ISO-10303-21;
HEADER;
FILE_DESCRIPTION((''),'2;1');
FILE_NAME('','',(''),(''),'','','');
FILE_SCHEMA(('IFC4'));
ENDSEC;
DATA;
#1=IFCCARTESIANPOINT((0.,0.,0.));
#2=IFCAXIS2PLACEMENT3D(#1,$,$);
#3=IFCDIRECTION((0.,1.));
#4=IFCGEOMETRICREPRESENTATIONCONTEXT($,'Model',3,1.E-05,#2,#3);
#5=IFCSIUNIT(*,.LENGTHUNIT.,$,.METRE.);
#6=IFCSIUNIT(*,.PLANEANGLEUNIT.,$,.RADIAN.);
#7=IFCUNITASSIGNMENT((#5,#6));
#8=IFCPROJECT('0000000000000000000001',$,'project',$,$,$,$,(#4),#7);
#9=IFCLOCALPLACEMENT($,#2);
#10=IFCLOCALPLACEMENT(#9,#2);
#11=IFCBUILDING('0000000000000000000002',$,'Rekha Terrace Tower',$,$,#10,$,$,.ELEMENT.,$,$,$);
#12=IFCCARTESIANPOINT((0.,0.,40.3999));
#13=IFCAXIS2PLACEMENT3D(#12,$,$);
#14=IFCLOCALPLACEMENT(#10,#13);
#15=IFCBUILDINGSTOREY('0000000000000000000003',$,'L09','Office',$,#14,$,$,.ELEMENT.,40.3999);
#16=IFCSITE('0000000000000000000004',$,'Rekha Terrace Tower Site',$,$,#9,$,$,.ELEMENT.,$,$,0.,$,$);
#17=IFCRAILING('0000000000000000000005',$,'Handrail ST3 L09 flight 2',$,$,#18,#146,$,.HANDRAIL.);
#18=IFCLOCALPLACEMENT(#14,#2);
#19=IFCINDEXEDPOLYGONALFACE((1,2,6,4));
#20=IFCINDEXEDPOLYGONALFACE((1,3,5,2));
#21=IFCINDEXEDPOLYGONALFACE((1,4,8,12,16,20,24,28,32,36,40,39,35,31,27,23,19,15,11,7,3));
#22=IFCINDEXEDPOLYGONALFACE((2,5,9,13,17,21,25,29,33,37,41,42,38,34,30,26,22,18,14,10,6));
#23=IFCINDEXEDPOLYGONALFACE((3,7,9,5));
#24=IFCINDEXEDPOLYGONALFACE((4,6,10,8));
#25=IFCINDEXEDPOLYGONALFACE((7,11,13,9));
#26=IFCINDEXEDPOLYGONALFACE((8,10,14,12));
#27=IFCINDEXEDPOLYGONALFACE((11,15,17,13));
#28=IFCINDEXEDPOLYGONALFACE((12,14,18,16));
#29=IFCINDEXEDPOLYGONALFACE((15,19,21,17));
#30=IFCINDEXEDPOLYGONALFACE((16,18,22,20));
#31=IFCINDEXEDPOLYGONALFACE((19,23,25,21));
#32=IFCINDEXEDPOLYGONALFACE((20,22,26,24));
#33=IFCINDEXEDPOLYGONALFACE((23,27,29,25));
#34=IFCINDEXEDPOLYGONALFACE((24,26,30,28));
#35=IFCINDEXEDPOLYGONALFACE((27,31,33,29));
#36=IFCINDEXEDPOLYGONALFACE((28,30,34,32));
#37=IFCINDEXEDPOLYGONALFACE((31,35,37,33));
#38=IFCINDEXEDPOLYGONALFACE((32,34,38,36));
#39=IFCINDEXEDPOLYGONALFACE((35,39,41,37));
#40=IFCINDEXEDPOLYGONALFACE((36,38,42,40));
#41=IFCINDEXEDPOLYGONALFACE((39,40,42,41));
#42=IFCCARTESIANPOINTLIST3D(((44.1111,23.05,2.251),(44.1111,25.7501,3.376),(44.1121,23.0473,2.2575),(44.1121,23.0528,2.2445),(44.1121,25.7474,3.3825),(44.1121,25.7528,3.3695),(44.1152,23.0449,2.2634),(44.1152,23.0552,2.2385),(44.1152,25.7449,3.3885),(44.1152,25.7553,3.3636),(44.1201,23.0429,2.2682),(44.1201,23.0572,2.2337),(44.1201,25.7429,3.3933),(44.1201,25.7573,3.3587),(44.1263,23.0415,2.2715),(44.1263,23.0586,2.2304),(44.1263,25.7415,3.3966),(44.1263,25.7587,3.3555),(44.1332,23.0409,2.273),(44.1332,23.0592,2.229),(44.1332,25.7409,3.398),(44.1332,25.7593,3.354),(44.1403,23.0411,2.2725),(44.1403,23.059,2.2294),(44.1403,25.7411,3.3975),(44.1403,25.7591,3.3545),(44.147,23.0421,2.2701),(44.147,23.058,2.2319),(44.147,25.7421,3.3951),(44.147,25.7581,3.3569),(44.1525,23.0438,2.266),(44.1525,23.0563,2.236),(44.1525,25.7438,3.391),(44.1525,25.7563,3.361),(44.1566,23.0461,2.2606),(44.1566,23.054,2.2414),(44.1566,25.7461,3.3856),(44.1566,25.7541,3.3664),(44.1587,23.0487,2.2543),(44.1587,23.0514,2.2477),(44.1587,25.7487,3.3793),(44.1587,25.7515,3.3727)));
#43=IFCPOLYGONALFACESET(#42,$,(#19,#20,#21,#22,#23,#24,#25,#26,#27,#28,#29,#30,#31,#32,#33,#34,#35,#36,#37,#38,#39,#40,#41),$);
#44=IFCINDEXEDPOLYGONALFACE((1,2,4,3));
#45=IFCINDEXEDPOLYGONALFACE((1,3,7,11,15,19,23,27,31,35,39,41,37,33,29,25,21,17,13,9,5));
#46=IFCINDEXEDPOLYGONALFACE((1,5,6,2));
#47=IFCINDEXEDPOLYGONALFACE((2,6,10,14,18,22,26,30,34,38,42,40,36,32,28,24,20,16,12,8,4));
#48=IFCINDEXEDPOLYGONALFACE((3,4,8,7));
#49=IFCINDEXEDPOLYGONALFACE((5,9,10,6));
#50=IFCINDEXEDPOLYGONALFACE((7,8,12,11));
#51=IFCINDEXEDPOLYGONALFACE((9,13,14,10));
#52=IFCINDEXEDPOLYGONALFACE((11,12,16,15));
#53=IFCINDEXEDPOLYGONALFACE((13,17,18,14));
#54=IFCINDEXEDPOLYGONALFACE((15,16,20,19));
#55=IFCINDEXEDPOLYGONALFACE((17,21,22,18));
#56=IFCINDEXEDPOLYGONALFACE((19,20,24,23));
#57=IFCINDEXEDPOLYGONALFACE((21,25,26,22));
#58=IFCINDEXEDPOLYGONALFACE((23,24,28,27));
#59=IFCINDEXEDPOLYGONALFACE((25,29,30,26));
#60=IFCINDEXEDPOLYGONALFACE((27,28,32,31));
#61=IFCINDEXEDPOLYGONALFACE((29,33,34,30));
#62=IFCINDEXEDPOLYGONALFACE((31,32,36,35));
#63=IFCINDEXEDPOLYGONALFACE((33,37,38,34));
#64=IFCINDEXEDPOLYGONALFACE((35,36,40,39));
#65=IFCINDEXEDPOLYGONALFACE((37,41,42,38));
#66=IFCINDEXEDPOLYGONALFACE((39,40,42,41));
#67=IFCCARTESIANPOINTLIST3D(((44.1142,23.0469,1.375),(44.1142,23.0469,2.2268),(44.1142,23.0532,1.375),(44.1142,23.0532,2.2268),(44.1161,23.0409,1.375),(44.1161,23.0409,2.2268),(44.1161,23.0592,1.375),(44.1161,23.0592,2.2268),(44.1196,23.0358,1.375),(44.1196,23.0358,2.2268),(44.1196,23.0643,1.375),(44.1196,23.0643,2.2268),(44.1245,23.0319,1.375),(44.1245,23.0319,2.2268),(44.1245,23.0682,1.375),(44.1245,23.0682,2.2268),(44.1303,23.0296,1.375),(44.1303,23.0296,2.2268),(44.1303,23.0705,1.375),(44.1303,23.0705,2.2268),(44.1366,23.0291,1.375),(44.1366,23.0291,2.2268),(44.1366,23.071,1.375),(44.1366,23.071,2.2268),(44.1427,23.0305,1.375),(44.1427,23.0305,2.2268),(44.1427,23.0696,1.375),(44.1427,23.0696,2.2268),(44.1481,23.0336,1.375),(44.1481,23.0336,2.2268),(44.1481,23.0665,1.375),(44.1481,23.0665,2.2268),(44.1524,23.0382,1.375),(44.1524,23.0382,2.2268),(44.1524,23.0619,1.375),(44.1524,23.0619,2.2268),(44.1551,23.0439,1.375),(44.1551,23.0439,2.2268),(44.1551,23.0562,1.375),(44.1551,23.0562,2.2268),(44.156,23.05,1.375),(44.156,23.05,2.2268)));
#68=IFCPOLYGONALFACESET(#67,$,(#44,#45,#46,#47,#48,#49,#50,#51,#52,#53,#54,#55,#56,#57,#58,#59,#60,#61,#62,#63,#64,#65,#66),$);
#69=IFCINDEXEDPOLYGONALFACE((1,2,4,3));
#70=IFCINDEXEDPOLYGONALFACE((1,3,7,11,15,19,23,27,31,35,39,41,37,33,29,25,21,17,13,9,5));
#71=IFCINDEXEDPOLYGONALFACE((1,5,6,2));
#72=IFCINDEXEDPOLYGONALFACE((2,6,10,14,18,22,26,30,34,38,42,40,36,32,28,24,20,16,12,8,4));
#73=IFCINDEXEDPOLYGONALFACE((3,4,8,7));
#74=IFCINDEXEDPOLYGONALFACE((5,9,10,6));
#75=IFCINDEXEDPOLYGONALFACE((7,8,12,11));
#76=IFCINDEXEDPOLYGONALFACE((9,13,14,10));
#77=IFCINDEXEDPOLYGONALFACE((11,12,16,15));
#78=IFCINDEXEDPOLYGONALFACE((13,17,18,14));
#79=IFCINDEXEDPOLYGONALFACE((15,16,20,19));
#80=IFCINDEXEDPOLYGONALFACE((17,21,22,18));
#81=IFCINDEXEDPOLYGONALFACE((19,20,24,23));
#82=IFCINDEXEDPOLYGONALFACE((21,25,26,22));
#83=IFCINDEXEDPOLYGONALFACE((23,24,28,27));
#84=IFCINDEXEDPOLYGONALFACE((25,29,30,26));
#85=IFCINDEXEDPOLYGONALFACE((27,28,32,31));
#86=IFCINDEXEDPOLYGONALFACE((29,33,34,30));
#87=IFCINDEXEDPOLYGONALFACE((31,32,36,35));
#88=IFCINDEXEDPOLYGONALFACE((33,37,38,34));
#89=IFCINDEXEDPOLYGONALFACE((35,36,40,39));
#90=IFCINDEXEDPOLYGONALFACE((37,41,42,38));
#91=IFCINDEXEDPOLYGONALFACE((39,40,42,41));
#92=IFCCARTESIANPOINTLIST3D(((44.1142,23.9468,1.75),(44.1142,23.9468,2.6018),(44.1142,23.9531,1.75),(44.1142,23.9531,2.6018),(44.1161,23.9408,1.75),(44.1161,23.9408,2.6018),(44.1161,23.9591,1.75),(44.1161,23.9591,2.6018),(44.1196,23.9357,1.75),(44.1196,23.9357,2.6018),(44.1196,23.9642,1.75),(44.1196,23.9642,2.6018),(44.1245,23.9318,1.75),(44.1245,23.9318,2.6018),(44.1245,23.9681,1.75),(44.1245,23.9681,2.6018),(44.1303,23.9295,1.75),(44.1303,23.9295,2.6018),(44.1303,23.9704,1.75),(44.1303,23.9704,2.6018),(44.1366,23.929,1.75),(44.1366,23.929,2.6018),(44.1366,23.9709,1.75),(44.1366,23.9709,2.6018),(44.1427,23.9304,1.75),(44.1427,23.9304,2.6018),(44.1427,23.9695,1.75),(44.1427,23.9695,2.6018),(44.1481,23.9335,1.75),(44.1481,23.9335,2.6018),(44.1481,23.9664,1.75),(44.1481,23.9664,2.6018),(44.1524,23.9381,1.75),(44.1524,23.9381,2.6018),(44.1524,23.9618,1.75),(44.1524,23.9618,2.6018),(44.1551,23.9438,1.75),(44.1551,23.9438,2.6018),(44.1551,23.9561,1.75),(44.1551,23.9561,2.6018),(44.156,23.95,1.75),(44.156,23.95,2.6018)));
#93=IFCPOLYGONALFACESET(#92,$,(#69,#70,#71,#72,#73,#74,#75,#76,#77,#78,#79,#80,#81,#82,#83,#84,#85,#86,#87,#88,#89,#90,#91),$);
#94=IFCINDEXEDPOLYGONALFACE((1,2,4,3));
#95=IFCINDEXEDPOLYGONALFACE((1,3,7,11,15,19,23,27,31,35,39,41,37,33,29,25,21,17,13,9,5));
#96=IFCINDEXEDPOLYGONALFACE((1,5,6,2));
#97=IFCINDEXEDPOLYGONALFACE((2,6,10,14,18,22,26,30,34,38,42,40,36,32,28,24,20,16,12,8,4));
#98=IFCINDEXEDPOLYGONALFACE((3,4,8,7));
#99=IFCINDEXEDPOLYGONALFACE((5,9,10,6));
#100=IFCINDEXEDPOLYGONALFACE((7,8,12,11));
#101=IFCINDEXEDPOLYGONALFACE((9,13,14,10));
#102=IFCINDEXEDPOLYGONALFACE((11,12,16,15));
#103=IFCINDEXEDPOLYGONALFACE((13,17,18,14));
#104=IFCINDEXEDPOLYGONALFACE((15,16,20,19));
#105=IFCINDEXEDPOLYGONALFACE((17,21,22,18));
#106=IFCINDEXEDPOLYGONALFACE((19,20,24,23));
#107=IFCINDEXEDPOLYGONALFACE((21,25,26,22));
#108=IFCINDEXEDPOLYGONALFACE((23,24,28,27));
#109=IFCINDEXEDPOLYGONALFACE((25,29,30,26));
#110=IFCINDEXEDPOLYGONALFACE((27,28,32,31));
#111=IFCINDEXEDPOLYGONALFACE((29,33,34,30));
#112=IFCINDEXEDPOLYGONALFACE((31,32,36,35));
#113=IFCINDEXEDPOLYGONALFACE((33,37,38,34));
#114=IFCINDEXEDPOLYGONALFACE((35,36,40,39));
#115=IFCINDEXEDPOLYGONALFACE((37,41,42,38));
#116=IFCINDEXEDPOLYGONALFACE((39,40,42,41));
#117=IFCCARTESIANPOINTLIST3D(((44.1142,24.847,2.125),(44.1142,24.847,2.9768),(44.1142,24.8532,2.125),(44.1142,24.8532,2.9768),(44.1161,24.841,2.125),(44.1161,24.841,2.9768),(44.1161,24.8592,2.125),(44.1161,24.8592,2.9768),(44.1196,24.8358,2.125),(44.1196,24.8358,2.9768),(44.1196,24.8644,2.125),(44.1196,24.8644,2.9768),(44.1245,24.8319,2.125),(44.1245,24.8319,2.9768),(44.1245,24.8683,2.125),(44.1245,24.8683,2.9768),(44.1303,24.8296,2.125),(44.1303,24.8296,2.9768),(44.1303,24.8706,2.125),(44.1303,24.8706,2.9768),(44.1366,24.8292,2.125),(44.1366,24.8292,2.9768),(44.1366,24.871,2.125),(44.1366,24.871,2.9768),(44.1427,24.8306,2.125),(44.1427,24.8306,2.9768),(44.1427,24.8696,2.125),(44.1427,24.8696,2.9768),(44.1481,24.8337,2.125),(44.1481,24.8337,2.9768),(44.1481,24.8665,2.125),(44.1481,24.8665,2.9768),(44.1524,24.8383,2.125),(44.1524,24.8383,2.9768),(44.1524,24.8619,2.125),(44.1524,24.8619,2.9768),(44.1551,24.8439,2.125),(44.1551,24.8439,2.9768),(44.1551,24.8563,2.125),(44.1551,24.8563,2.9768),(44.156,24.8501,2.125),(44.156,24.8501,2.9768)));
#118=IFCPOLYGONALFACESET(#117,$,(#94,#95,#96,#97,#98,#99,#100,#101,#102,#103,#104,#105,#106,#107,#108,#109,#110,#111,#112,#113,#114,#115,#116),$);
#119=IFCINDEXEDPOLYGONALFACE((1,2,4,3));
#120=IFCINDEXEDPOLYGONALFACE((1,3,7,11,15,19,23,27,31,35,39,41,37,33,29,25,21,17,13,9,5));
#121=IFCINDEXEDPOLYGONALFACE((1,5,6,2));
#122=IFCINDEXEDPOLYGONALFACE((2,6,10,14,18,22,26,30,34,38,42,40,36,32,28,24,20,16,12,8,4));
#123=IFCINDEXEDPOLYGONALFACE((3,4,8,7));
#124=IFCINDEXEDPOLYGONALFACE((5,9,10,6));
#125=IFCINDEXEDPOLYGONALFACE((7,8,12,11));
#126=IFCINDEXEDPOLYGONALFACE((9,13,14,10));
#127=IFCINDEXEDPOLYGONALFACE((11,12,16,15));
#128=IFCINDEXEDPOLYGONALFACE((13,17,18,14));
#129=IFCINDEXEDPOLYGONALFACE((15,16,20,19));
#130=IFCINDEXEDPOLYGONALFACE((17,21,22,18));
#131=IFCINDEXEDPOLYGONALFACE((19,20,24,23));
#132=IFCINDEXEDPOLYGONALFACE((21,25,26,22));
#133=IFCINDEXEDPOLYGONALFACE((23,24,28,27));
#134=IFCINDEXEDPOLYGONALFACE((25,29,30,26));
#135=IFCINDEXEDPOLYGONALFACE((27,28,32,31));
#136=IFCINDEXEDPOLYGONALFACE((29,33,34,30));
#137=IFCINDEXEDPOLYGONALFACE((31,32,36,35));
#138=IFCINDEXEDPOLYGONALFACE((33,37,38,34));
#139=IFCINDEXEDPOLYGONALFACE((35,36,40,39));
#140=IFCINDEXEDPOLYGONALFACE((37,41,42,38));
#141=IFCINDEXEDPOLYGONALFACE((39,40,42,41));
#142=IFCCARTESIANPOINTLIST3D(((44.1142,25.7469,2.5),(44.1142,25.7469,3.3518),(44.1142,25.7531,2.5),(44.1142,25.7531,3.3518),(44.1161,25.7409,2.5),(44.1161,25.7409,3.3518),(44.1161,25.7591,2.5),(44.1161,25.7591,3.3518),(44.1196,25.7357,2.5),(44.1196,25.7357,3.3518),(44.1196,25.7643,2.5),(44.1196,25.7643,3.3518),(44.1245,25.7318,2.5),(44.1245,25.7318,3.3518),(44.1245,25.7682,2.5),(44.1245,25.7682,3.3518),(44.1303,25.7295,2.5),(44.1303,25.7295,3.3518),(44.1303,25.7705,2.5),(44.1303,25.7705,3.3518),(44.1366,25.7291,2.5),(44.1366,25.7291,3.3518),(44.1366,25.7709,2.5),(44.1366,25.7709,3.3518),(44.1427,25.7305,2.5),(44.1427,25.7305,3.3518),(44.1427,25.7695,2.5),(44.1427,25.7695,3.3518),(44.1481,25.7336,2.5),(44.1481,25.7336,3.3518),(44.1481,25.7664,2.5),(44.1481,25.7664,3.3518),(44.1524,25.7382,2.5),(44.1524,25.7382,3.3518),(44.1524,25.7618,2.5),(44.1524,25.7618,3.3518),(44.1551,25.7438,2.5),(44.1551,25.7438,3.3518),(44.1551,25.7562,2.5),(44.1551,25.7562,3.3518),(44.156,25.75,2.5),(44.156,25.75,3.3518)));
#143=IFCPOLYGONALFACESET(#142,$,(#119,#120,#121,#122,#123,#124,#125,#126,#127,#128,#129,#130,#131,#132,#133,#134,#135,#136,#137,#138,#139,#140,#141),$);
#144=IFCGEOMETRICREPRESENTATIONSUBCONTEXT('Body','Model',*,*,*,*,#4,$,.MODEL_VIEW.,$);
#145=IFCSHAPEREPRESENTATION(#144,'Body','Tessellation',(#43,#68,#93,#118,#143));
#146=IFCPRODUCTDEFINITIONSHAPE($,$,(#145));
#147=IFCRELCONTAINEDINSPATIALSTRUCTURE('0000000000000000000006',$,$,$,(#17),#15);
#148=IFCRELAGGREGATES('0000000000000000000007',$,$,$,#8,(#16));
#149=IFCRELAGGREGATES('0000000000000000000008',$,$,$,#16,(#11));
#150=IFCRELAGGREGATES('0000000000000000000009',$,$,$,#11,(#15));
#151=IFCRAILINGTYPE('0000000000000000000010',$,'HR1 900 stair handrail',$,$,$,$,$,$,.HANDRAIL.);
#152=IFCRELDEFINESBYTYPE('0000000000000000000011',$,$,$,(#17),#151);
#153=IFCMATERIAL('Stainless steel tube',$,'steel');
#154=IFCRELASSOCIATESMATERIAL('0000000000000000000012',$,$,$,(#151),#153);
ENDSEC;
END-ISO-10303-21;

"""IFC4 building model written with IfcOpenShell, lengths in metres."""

from ifc_helpers import new_model, si_unit, direction, frame, origin, origin_2d, place, context, subcontext, project, spatial, circle, extrude, material, type_object, element, save


model = new_model("IFC4")

# Units and contexts
model_context = context("Model", 3, precision=1e-05, world=origin(), true_north=direction((0.0, 1.0)))
body_context = subcontext(model_context, "Body", "Model", "MODEL_VIEW")
ifc_project = project(units=[si_unit("LENGTHUNIT", "METRE"), si_unit("PLANEANGLEUNIT", "RADIAN")], contexts=[model_context])

# Site, building, storey
site_placement = place(None, origin())
site = spatial("IfcSite", under=ifc_project, at=site_placement, Name="Rekha Terrace Tower Site", CompositionType="ELEMENT", RefElevation=0.0)
building_placement = place(site_placement, origin())
building = spatial("IfcBuilding", under=site, at=building_placement, Name="Rekha Terrace Tower", CompositionType="ELEMENT")
storey_placement = place(building_placement, frame((0.0, 0.0, 40.3999)))
storey = spatial("IfcBuildingStorey", under=building, at=storey_placement, Name="L09", Description="Office", CompositionType="ELEMENT", Elevation=40.3999)

# Railing
ifc_material_1 = material(Name="Stainless steel tube", Category="steel")
railing_type_1 = type_object("IfcRailingType", Name="HR1 900 stair handrail", PredefinedType="HANDRAIL", material=ifc_material_1)
railing_1_placement = place(storey_placement, frame((44.135, 23.05, 1.375)))
element("IfcRailing", 1, at=railing_1_placement, inside=storey, type_object=railing_type_1, Name="Handrail ST3 L09 flight 2", PredefinedType="HANDRAIL", context=body_context, shape_type="SweptSolid", body=[
    extrude(circle(Radius=0.0239, at=origin_2d()), frame((0.0, 0.0, 0.876), z_axis=(0.0, 0.923074, 0.384621), x_axis=(-1.0, 0.0, 0.0)), (0.0, 0.0, 1.0), 2.925),
    extrude(circle(Radius=0.021, at=origin_2d()), origin(), (0.0, 0.0, 1.0), 0.8518),
    extrude(circle(Radius=0.021, at=origin_2d()), frame((0.0, 0.8999, 0.375)), (0.0, 0.0, 1.0), 0.8518),
    extrude(circle(Radius=0.021, at=origin_2d()), frame((0.0, 1.8, 0.75)), (0.0, 0.0, 1.0), 0.8518),
    extrude(circle(Radius=0.021, at=origin_2d()), frame((0.0, 2.7, 1.125)), (0.0, 0.0, 1.0), 0.8518),
])

save(model, "model.ifc")
